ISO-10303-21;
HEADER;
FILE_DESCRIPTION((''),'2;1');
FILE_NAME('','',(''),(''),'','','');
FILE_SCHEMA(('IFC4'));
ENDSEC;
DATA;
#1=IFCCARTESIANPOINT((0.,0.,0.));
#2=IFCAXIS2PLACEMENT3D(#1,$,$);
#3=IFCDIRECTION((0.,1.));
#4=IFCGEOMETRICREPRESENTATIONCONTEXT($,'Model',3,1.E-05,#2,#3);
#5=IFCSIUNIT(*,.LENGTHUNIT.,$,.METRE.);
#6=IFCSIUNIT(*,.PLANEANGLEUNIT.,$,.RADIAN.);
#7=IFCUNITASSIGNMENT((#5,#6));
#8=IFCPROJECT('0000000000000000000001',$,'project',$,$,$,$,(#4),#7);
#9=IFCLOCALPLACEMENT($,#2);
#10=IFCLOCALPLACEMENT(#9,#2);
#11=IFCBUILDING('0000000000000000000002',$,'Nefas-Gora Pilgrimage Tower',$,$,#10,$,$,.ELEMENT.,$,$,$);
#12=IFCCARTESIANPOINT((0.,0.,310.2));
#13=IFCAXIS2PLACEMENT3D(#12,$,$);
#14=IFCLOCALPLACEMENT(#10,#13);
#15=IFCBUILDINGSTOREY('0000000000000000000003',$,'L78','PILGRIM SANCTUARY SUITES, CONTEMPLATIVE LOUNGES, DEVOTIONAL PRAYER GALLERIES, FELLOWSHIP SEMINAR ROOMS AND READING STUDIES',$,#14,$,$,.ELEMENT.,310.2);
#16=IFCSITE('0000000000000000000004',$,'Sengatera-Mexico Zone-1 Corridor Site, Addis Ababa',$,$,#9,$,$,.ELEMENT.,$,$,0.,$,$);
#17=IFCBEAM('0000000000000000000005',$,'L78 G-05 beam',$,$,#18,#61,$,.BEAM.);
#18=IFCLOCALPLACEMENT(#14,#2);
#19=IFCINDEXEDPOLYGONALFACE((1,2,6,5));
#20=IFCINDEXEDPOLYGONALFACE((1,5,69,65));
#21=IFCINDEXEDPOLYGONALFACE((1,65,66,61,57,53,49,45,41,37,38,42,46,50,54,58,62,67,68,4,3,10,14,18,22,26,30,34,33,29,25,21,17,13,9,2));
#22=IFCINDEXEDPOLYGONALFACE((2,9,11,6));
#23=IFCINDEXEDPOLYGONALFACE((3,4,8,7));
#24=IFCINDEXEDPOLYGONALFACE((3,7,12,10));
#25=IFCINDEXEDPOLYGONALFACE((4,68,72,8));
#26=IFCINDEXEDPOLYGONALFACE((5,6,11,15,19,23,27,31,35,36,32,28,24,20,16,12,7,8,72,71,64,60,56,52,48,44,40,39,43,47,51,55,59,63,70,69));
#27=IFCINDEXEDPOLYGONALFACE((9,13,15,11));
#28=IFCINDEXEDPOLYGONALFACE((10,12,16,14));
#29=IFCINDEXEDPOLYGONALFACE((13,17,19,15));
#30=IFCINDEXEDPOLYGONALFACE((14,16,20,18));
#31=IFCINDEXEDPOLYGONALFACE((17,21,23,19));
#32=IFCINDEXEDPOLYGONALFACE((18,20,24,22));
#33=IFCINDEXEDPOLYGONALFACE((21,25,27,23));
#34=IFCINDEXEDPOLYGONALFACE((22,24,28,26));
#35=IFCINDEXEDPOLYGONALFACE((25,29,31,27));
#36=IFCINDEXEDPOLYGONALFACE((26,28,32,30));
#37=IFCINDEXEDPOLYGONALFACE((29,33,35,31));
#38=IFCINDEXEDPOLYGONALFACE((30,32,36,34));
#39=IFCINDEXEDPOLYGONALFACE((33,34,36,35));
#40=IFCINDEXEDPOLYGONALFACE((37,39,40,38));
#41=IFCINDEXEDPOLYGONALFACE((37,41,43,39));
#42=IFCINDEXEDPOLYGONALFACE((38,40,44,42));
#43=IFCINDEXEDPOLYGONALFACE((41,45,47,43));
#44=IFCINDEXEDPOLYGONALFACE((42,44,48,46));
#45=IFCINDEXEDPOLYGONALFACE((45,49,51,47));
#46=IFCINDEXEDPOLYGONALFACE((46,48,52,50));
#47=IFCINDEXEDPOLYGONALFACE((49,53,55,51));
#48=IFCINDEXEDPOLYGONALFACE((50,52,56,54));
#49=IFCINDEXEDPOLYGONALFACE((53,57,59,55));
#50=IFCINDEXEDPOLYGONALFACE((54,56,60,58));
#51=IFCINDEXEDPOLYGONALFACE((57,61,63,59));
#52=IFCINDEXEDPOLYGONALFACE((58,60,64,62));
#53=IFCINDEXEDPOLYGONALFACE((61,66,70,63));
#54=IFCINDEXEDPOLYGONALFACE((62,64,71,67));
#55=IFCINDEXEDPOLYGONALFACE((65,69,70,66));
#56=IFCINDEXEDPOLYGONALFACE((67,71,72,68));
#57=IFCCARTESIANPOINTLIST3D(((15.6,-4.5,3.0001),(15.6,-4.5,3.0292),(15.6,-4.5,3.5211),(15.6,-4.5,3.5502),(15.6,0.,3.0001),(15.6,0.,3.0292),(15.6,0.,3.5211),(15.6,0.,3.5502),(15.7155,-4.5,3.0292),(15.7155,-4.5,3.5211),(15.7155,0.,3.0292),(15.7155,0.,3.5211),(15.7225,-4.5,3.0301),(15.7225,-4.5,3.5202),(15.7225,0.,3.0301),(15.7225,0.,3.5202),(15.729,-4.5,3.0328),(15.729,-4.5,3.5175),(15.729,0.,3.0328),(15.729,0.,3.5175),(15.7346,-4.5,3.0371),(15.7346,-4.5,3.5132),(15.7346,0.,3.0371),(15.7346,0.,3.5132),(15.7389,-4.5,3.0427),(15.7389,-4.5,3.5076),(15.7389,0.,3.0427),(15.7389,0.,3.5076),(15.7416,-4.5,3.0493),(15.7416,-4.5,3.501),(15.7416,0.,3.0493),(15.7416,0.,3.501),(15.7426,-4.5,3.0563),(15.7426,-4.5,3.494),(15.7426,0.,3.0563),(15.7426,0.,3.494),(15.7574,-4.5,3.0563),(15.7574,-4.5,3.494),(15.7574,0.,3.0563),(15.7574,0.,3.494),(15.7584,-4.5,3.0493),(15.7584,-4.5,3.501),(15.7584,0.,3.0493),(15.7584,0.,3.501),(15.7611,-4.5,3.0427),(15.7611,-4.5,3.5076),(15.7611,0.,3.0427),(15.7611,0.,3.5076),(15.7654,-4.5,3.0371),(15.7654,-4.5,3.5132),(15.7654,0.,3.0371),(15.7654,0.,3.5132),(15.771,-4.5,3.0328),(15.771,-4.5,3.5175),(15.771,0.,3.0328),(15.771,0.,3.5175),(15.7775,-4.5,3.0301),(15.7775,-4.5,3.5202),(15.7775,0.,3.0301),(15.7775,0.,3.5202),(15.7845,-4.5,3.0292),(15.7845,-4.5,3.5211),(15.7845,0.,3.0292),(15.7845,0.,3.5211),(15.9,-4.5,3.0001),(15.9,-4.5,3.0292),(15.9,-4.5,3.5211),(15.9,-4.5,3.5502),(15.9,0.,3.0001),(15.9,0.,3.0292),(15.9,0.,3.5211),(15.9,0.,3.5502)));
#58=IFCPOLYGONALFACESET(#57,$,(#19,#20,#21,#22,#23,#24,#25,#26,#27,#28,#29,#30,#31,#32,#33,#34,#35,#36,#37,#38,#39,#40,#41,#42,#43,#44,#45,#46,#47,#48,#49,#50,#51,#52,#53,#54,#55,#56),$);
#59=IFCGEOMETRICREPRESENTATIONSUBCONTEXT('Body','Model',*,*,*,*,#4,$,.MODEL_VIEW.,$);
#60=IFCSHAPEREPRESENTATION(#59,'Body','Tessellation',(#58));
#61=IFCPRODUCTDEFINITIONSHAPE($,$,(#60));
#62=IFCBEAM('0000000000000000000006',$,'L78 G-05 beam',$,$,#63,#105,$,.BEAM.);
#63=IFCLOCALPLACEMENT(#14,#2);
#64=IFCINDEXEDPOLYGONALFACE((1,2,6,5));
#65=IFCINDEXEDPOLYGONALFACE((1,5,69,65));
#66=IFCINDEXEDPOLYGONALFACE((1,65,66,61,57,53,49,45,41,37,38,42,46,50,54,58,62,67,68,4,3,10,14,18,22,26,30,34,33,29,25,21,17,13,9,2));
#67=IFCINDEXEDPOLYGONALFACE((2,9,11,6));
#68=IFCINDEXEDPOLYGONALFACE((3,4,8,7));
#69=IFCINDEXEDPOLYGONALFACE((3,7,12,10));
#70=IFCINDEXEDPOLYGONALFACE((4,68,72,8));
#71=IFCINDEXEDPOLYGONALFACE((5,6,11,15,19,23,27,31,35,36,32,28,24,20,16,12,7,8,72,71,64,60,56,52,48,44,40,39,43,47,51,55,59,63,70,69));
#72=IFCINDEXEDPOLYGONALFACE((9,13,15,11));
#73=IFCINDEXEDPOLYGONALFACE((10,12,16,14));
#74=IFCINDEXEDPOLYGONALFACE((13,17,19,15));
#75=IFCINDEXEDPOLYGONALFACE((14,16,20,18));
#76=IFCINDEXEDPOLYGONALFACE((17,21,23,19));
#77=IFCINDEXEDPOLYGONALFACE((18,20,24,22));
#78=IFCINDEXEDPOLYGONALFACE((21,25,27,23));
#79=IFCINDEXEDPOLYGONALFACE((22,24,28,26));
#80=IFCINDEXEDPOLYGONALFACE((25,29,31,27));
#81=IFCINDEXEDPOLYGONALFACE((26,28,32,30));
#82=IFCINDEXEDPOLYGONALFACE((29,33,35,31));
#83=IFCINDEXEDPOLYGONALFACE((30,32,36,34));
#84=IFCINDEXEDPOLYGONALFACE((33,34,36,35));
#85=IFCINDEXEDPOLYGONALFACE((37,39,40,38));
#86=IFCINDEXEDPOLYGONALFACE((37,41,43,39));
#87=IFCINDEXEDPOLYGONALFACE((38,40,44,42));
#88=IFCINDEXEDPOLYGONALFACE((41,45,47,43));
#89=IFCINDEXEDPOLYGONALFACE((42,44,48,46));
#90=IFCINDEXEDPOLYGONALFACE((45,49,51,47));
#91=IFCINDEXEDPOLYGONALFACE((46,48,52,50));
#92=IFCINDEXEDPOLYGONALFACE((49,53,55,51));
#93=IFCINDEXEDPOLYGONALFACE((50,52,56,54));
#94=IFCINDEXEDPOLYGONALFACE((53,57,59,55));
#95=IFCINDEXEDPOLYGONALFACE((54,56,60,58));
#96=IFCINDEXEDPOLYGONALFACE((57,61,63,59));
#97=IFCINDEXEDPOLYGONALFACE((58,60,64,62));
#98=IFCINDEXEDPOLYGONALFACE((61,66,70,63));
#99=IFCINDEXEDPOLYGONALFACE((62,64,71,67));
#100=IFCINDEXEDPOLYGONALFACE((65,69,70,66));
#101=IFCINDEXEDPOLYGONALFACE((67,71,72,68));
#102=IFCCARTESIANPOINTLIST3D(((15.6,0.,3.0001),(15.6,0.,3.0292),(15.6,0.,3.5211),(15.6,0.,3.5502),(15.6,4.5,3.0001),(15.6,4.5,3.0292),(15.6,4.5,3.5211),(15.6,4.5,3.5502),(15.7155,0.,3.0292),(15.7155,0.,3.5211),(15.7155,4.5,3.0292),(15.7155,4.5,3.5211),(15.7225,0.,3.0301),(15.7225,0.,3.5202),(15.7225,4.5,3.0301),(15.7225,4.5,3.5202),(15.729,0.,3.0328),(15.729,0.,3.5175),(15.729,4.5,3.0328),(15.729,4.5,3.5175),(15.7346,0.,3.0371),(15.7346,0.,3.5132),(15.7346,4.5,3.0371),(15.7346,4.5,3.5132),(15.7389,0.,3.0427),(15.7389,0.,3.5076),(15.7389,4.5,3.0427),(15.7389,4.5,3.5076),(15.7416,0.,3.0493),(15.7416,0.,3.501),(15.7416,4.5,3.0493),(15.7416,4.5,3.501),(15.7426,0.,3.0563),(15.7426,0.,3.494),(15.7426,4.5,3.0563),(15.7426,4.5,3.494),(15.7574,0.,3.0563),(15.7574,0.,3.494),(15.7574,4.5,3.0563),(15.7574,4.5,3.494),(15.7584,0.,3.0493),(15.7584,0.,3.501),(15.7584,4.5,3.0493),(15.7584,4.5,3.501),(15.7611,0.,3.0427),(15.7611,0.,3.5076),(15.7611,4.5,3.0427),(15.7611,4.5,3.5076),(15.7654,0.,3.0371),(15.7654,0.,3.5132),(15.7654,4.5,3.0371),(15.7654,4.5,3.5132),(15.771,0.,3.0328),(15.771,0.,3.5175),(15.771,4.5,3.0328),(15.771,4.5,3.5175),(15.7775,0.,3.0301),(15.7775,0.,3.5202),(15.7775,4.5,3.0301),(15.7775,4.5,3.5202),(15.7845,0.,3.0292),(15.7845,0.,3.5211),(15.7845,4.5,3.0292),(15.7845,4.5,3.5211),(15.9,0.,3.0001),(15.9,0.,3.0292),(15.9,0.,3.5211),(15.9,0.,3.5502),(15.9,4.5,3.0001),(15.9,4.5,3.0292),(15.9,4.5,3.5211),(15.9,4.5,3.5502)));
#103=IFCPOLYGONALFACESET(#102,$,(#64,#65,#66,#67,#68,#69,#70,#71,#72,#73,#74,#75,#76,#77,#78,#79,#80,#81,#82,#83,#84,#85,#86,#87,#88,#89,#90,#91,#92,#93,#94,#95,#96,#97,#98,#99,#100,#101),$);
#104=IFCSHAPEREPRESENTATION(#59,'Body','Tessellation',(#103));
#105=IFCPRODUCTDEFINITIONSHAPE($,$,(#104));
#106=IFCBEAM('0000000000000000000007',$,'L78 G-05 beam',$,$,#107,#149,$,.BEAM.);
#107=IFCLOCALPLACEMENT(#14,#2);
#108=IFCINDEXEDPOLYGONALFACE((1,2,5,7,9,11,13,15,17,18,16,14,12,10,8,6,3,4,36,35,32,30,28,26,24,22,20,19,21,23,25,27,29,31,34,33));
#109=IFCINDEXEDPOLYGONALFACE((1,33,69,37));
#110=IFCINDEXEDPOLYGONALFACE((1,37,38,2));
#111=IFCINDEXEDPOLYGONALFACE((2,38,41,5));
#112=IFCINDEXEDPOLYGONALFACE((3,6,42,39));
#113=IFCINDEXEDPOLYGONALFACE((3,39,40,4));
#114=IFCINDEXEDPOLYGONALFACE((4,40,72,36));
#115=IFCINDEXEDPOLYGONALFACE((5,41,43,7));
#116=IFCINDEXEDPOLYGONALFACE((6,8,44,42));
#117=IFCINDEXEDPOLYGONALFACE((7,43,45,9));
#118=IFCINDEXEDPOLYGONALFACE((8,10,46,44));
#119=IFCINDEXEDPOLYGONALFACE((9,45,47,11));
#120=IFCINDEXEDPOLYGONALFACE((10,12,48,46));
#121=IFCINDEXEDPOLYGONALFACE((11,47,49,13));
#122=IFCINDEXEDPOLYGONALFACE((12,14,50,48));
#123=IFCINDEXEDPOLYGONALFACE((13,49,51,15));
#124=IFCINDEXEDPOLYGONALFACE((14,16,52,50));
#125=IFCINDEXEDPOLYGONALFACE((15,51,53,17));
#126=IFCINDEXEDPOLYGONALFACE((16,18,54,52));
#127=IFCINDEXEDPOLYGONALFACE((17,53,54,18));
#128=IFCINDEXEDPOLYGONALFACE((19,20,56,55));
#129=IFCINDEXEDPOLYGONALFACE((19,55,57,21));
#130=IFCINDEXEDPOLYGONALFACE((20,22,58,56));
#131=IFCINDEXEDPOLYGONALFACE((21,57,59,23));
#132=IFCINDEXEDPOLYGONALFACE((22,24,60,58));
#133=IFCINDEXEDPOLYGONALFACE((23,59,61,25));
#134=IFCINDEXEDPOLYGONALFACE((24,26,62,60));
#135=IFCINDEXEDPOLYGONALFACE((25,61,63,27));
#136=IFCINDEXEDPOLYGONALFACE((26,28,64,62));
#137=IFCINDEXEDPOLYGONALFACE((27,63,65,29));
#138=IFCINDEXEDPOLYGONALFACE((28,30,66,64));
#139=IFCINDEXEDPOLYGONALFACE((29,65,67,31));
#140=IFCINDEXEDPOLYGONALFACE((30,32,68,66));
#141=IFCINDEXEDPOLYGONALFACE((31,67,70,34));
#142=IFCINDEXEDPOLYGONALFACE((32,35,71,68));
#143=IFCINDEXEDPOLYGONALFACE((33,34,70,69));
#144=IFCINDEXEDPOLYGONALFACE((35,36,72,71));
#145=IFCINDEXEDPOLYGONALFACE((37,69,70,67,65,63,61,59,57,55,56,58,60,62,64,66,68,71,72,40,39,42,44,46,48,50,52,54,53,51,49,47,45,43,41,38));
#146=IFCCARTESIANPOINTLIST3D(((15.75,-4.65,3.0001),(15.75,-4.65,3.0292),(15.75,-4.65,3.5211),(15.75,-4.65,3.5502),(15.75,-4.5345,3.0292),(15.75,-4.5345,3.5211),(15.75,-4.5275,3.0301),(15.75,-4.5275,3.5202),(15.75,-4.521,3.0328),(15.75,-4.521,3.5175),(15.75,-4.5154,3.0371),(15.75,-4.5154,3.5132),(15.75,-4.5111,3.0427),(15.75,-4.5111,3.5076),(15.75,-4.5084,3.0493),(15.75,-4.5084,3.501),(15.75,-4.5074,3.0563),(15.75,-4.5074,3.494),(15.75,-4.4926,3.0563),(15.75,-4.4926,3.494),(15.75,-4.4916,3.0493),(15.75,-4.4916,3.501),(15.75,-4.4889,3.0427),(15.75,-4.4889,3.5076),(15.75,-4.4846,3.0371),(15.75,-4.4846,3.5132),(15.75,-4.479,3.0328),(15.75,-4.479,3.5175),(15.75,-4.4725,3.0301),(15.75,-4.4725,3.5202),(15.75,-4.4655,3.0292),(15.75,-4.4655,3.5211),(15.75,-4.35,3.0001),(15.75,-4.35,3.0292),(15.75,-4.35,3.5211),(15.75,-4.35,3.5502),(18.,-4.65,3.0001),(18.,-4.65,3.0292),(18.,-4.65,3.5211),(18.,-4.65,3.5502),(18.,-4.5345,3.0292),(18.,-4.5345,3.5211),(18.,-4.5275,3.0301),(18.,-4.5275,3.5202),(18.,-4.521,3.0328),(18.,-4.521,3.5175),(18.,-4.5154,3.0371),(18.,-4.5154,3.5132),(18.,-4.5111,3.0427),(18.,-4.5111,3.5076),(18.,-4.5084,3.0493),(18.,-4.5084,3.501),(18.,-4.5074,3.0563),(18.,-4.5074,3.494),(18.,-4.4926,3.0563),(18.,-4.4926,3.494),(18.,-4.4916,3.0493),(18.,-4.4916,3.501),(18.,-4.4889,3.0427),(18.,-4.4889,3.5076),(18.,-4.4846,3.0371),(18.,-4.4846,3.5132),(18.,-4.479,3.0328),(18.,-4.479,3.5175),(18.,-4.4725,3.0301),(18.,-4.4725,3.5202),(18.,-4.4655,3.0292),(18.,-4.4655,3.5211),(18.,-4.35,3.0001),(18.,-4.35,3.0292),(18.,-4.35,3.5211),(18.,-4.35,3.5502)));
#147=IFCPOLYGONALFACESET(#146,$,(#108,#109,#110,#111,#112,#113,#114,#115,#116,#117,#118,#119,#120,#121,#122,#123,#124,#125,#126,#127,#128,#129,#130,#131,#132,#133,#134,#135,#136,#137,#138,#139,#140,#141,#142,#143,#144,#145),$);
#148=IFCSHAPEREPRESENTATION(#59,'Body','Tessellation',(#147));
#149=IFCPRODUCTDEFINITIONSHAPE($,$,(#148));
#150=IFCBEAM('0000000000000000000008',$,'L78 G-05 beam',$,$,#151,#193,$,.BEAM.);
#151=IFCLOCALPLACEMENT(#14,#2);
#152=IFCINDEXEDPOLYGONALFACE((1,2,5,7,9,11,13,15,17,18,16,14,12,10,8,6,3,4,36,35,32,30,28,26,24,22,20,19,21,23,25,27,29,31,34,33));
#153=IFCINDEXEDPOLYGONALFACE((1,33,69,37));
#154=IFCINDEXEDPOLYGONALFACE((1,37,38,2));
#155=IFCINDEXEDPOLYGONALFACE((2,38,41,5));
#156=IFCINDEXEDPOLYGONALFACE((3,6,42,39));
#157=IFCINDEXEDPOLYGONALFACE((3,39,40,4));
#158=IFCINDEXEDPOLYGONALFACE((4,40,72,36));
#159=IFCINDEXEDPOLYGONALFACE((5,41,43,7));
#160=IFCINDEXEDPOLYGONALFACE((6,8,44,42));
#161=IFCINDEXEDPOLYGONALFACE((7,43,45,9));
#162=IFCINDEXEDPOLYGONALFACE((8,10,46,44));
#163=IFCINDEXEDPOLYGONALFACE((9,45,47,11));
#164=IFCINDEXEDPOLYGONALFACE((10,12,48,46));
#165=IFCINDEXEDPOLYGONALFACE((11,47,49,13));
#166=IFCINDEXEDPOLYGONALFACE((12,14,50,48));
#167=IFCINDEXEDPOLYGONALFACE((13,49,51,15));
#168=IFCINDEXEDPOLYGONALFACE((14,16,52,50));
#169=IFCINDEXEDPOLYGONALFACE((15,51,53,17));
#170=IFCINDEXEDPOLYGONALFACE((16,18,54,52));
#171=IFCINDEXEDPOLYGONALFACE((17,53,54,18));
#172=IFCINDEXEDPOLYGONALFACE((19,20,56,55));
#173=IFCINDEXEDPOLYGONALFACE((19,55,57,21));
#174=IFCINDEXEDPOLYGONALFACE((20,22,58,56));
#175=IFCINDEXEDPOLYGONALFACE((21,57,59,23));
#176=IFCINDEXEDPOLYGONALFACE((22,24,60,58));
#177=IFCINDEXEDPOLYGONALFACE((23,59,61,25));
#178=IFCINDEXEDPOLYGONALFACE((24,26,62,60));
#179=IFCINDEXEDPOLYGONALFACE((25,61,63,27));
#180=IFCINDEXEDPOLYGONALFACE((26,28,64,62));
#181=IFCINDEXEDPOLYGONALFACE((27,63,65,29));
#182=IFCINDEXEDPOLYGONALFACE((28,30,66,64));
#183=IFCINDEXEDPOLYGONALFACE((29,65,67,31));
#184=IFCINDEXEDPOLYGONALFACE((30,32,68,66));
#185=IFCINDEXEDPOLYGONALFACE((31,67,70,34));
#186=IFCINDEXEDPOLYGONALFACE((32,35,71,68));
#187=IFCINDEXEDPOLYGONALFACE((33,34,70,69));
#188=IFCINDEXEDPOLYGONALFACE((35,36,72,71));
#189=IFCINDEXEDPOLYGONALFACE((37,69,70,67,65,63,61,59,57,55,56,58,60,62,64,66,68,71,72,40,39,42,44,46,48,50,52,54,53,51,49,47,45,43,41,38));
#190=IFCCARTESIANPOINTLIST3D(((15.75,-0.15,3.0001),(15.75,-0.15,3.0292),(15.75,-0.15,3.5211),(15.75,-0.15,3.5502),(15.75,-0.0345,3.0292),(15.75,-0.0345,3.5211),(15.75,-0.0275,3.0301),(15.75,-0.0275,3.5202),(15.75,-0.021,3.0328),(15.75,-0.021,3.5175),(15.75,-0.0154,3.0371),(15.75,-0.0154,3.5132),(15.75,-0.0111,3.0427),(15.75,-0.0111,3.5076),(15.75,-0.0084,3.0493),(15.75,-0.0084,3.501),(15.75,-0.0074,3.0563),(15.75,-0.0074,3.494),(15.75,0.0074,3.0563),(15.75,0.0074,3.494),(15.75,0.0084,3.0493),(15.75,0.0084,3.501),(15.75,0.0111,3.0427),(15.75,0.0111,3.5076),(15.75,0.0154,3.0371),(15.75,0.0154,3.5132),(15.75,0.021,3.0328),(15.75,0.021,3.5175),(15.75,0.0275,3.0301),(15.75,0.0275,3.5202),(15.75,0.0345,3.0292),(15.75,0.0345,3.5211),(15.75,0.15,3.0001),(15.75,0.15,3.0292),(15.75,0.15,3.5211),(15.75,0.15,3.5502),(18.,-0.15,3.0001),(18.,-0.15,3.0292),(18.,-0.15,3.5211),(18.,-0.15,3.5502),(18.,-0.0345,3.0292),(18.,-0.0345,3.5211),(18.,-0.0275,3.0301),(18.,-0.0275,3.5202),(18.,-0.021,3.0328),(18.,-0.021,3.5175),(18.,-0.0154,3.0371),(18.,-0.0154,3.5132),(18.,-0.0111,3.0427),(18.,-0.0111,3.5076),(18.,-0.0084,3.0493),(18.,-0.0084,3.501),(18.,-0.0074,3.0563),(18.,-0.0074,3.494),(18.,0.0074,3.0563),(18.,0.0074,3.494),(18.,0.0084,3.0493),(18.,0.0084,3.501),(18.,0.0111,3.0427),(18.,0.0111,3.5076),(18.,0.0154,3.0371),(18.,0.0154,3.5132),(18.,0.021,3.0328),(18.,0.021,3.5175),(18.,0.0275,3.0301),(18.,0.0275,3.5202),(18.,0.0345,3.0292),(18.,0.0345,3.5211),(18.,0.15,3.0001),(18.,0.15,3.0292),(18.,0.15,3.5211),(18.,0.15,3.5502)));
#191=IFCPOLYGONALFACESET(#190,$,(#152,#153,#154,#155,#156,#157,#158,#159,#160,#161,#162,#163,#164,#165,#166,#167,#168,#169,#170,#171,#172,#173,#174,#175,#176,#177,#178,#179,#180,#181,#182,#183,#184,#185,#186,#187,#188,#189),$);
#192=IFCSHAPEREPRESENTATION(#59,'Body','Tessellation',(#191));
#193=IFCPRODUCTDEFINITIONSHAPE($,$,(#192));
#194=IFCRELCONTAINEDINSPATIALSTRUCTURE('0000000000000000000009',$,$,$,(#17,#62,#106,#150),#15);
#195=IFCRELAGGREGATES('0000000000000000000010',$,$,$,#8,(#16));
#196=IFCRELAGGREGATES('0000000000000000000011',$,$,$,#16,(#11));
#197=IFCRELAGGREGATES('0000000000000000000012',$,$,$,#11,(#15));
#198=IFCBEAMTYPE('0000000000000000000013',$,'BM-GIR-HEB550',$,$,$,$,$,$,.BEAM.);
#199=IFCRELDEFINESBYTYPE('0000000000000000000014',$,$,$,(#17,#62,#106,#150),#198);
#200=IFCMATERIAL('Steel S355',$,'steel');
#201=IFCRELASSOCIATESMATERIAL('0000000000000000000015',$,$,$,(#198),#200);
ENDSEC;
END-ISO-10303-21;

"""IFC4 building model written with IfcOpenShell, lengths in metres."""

from ifc_helpers import new_model, si_unit, direction, frame, origin, origin_2d, place, context, subcontext, project, spatial, i_section, extrude, source, transform, mapped, material, material_profile, profile_set, type_object, element, save


model = new_model("IFC4")

# Units and contexts
model_context = context("Model", 3, precision=1e-05, world=origin(), true_north=direction((0.0, 1.0)))
body_context = subcontext(model_context, "Body", "Model", "MODEL_VIEW")
ifc_project = project(units=[si_unit("LENGTHUNIT", "METRE"), si_unit("PLANEANGLEUNIT", "RADIAN")], contexts=[model_context])

# Site, building, storey
site_placement = place(None, origin())
site = spatial("IfcSite", under=ifc_project, at=site_placement, Name="Sengatera-Mexico Zone-1 Corridor Site, Addis Ababa", CompositionType="ELEMENT", RefElevation=0.0)
building_placement = place(site_placement, origin())
building = spatial("IfcBuilding", under=site, at=building_placement, Name="Nefas-Gora Pilgrimage Tower", CompositionType="ELEMENT")
storey_placement = place(building_placement, frame((0.0, 0.0, 310.2)))
storey = spatial("IfcBuildingStorey", under=building, at=storey_placement, Name="L78", Description="PILGRIM SANCTUARY SUITES, CONTEMPLATIVE LOUNGES, DEVOTIONAL PRAYER GALLERIES, FELLOWSHIP SEMINAR ROOMS AND READING STUDIES", CompositionType="ELEMENT", Elevation=310.2)

# Shared definitions
ifc_material_1 = material(Name="Steel S355", Category="steel")

# Beams
ifc_material_profile_1 = material_profile(ifc_material_1, i_section(OverallWidth=0.3, OverallDepth=0.55, WebThickness=0.0149, FlangeThickness=0.0291, FilletRadius=0.0271, at=origin_2d()), Name="HEB 550")
ifc_profile_set_1 = profile_set([ifc_material_profile_1], Name="Steel S355")
beam_type_1 = type_object("IfcBeamType", Name="BM-GIR-HEB550", PredefinedType="BEAM", material=ifc_profile_set_1)
shared_shape_1 = source(origin(), body_context, "Body", "SweptSolid", [
    extrude(i_section(OverallWidth=0.3, OverallDepth=0.55, WebThickness=0.0149, FlangeThickness=0.0291, FilletRadius=0.0271, at=origin_2d()), origin(), (0.0, 0.0, 1.0), 4.5),
])
for number, where, z_axis, x_axis, name in (
    (1, (15.75, -4.5, 3.2751), (0.0, 1.0, 0.0), (-1.0, 0.0, 0.0), "L78 G-05 beam"),
    (2, (15.75, 0.0, 3.2751), (0.0, 1.0, 0.0), (-1.0, 0.0, 0.0), "L78 G-05 beam"),
):
    element("IfcBeam", number, at=place(storey_placement, frame(where, z_axis=z_axis, x_axis=x_axis)), inside=storey, type_object=beam_type_1, Name=name, PredefinedType="BEAM", context=body_context, shape_type="MappedRepresentation", body=[
        mapped(shared_shape_1, transform((0.0, 0.0, 0.0), x_axis=(1.0, 0.0, 0.0), y_axis=(0.0, 1.0, 0.0), z_axis=(0.0, 0.0, 1.0), scale=1.0)),
    ])
shared_shape_2 = source(origin(), body_context, "Body", "SweptSolid", [
    extrude(i_section(OverallWidth=0.3, OverallDepth=0.55, WebThickness=0.0149, FlangeThickness=0.0291, FilletRadius=0.0271, at=origin_2d()), origin(), (0.0, 0.0, 1.0), 2.25),
])
for number, where, z_axis, x_axis, name in (
    (3, (15.75, -4.5, 3.2751), (1.0, 0.0, 0.0), (0.0, 1.0, 0.0), "L78 G-05 beam"),
    (4, (15.75, 0.0, 3.2751), (1.0, 0.0, 0.0), (0.0, 1.0, 0.0), "L78 G-05 beam"),
):
    element("IfcBeam", number, at=place(storey_placement, frame(where, z_axis=z_axis, x_axis=x_axis)), inside=storey, type_object=beam_type_1, Name=name, PredefinedType="BEAM", context=body_context, shape_type="MappedRepresentation", body=[
        mapped(shared_shape_2, transform((0.0, 0.0, 0.0), x_axis=(1.0, 0.0, 0.0), y_axis=(0.0, 1.0, 0.0), z_axis=(0.0, 0.0, 1.0), scale=1.0)),
    ])

save(model, "model.ifc")
